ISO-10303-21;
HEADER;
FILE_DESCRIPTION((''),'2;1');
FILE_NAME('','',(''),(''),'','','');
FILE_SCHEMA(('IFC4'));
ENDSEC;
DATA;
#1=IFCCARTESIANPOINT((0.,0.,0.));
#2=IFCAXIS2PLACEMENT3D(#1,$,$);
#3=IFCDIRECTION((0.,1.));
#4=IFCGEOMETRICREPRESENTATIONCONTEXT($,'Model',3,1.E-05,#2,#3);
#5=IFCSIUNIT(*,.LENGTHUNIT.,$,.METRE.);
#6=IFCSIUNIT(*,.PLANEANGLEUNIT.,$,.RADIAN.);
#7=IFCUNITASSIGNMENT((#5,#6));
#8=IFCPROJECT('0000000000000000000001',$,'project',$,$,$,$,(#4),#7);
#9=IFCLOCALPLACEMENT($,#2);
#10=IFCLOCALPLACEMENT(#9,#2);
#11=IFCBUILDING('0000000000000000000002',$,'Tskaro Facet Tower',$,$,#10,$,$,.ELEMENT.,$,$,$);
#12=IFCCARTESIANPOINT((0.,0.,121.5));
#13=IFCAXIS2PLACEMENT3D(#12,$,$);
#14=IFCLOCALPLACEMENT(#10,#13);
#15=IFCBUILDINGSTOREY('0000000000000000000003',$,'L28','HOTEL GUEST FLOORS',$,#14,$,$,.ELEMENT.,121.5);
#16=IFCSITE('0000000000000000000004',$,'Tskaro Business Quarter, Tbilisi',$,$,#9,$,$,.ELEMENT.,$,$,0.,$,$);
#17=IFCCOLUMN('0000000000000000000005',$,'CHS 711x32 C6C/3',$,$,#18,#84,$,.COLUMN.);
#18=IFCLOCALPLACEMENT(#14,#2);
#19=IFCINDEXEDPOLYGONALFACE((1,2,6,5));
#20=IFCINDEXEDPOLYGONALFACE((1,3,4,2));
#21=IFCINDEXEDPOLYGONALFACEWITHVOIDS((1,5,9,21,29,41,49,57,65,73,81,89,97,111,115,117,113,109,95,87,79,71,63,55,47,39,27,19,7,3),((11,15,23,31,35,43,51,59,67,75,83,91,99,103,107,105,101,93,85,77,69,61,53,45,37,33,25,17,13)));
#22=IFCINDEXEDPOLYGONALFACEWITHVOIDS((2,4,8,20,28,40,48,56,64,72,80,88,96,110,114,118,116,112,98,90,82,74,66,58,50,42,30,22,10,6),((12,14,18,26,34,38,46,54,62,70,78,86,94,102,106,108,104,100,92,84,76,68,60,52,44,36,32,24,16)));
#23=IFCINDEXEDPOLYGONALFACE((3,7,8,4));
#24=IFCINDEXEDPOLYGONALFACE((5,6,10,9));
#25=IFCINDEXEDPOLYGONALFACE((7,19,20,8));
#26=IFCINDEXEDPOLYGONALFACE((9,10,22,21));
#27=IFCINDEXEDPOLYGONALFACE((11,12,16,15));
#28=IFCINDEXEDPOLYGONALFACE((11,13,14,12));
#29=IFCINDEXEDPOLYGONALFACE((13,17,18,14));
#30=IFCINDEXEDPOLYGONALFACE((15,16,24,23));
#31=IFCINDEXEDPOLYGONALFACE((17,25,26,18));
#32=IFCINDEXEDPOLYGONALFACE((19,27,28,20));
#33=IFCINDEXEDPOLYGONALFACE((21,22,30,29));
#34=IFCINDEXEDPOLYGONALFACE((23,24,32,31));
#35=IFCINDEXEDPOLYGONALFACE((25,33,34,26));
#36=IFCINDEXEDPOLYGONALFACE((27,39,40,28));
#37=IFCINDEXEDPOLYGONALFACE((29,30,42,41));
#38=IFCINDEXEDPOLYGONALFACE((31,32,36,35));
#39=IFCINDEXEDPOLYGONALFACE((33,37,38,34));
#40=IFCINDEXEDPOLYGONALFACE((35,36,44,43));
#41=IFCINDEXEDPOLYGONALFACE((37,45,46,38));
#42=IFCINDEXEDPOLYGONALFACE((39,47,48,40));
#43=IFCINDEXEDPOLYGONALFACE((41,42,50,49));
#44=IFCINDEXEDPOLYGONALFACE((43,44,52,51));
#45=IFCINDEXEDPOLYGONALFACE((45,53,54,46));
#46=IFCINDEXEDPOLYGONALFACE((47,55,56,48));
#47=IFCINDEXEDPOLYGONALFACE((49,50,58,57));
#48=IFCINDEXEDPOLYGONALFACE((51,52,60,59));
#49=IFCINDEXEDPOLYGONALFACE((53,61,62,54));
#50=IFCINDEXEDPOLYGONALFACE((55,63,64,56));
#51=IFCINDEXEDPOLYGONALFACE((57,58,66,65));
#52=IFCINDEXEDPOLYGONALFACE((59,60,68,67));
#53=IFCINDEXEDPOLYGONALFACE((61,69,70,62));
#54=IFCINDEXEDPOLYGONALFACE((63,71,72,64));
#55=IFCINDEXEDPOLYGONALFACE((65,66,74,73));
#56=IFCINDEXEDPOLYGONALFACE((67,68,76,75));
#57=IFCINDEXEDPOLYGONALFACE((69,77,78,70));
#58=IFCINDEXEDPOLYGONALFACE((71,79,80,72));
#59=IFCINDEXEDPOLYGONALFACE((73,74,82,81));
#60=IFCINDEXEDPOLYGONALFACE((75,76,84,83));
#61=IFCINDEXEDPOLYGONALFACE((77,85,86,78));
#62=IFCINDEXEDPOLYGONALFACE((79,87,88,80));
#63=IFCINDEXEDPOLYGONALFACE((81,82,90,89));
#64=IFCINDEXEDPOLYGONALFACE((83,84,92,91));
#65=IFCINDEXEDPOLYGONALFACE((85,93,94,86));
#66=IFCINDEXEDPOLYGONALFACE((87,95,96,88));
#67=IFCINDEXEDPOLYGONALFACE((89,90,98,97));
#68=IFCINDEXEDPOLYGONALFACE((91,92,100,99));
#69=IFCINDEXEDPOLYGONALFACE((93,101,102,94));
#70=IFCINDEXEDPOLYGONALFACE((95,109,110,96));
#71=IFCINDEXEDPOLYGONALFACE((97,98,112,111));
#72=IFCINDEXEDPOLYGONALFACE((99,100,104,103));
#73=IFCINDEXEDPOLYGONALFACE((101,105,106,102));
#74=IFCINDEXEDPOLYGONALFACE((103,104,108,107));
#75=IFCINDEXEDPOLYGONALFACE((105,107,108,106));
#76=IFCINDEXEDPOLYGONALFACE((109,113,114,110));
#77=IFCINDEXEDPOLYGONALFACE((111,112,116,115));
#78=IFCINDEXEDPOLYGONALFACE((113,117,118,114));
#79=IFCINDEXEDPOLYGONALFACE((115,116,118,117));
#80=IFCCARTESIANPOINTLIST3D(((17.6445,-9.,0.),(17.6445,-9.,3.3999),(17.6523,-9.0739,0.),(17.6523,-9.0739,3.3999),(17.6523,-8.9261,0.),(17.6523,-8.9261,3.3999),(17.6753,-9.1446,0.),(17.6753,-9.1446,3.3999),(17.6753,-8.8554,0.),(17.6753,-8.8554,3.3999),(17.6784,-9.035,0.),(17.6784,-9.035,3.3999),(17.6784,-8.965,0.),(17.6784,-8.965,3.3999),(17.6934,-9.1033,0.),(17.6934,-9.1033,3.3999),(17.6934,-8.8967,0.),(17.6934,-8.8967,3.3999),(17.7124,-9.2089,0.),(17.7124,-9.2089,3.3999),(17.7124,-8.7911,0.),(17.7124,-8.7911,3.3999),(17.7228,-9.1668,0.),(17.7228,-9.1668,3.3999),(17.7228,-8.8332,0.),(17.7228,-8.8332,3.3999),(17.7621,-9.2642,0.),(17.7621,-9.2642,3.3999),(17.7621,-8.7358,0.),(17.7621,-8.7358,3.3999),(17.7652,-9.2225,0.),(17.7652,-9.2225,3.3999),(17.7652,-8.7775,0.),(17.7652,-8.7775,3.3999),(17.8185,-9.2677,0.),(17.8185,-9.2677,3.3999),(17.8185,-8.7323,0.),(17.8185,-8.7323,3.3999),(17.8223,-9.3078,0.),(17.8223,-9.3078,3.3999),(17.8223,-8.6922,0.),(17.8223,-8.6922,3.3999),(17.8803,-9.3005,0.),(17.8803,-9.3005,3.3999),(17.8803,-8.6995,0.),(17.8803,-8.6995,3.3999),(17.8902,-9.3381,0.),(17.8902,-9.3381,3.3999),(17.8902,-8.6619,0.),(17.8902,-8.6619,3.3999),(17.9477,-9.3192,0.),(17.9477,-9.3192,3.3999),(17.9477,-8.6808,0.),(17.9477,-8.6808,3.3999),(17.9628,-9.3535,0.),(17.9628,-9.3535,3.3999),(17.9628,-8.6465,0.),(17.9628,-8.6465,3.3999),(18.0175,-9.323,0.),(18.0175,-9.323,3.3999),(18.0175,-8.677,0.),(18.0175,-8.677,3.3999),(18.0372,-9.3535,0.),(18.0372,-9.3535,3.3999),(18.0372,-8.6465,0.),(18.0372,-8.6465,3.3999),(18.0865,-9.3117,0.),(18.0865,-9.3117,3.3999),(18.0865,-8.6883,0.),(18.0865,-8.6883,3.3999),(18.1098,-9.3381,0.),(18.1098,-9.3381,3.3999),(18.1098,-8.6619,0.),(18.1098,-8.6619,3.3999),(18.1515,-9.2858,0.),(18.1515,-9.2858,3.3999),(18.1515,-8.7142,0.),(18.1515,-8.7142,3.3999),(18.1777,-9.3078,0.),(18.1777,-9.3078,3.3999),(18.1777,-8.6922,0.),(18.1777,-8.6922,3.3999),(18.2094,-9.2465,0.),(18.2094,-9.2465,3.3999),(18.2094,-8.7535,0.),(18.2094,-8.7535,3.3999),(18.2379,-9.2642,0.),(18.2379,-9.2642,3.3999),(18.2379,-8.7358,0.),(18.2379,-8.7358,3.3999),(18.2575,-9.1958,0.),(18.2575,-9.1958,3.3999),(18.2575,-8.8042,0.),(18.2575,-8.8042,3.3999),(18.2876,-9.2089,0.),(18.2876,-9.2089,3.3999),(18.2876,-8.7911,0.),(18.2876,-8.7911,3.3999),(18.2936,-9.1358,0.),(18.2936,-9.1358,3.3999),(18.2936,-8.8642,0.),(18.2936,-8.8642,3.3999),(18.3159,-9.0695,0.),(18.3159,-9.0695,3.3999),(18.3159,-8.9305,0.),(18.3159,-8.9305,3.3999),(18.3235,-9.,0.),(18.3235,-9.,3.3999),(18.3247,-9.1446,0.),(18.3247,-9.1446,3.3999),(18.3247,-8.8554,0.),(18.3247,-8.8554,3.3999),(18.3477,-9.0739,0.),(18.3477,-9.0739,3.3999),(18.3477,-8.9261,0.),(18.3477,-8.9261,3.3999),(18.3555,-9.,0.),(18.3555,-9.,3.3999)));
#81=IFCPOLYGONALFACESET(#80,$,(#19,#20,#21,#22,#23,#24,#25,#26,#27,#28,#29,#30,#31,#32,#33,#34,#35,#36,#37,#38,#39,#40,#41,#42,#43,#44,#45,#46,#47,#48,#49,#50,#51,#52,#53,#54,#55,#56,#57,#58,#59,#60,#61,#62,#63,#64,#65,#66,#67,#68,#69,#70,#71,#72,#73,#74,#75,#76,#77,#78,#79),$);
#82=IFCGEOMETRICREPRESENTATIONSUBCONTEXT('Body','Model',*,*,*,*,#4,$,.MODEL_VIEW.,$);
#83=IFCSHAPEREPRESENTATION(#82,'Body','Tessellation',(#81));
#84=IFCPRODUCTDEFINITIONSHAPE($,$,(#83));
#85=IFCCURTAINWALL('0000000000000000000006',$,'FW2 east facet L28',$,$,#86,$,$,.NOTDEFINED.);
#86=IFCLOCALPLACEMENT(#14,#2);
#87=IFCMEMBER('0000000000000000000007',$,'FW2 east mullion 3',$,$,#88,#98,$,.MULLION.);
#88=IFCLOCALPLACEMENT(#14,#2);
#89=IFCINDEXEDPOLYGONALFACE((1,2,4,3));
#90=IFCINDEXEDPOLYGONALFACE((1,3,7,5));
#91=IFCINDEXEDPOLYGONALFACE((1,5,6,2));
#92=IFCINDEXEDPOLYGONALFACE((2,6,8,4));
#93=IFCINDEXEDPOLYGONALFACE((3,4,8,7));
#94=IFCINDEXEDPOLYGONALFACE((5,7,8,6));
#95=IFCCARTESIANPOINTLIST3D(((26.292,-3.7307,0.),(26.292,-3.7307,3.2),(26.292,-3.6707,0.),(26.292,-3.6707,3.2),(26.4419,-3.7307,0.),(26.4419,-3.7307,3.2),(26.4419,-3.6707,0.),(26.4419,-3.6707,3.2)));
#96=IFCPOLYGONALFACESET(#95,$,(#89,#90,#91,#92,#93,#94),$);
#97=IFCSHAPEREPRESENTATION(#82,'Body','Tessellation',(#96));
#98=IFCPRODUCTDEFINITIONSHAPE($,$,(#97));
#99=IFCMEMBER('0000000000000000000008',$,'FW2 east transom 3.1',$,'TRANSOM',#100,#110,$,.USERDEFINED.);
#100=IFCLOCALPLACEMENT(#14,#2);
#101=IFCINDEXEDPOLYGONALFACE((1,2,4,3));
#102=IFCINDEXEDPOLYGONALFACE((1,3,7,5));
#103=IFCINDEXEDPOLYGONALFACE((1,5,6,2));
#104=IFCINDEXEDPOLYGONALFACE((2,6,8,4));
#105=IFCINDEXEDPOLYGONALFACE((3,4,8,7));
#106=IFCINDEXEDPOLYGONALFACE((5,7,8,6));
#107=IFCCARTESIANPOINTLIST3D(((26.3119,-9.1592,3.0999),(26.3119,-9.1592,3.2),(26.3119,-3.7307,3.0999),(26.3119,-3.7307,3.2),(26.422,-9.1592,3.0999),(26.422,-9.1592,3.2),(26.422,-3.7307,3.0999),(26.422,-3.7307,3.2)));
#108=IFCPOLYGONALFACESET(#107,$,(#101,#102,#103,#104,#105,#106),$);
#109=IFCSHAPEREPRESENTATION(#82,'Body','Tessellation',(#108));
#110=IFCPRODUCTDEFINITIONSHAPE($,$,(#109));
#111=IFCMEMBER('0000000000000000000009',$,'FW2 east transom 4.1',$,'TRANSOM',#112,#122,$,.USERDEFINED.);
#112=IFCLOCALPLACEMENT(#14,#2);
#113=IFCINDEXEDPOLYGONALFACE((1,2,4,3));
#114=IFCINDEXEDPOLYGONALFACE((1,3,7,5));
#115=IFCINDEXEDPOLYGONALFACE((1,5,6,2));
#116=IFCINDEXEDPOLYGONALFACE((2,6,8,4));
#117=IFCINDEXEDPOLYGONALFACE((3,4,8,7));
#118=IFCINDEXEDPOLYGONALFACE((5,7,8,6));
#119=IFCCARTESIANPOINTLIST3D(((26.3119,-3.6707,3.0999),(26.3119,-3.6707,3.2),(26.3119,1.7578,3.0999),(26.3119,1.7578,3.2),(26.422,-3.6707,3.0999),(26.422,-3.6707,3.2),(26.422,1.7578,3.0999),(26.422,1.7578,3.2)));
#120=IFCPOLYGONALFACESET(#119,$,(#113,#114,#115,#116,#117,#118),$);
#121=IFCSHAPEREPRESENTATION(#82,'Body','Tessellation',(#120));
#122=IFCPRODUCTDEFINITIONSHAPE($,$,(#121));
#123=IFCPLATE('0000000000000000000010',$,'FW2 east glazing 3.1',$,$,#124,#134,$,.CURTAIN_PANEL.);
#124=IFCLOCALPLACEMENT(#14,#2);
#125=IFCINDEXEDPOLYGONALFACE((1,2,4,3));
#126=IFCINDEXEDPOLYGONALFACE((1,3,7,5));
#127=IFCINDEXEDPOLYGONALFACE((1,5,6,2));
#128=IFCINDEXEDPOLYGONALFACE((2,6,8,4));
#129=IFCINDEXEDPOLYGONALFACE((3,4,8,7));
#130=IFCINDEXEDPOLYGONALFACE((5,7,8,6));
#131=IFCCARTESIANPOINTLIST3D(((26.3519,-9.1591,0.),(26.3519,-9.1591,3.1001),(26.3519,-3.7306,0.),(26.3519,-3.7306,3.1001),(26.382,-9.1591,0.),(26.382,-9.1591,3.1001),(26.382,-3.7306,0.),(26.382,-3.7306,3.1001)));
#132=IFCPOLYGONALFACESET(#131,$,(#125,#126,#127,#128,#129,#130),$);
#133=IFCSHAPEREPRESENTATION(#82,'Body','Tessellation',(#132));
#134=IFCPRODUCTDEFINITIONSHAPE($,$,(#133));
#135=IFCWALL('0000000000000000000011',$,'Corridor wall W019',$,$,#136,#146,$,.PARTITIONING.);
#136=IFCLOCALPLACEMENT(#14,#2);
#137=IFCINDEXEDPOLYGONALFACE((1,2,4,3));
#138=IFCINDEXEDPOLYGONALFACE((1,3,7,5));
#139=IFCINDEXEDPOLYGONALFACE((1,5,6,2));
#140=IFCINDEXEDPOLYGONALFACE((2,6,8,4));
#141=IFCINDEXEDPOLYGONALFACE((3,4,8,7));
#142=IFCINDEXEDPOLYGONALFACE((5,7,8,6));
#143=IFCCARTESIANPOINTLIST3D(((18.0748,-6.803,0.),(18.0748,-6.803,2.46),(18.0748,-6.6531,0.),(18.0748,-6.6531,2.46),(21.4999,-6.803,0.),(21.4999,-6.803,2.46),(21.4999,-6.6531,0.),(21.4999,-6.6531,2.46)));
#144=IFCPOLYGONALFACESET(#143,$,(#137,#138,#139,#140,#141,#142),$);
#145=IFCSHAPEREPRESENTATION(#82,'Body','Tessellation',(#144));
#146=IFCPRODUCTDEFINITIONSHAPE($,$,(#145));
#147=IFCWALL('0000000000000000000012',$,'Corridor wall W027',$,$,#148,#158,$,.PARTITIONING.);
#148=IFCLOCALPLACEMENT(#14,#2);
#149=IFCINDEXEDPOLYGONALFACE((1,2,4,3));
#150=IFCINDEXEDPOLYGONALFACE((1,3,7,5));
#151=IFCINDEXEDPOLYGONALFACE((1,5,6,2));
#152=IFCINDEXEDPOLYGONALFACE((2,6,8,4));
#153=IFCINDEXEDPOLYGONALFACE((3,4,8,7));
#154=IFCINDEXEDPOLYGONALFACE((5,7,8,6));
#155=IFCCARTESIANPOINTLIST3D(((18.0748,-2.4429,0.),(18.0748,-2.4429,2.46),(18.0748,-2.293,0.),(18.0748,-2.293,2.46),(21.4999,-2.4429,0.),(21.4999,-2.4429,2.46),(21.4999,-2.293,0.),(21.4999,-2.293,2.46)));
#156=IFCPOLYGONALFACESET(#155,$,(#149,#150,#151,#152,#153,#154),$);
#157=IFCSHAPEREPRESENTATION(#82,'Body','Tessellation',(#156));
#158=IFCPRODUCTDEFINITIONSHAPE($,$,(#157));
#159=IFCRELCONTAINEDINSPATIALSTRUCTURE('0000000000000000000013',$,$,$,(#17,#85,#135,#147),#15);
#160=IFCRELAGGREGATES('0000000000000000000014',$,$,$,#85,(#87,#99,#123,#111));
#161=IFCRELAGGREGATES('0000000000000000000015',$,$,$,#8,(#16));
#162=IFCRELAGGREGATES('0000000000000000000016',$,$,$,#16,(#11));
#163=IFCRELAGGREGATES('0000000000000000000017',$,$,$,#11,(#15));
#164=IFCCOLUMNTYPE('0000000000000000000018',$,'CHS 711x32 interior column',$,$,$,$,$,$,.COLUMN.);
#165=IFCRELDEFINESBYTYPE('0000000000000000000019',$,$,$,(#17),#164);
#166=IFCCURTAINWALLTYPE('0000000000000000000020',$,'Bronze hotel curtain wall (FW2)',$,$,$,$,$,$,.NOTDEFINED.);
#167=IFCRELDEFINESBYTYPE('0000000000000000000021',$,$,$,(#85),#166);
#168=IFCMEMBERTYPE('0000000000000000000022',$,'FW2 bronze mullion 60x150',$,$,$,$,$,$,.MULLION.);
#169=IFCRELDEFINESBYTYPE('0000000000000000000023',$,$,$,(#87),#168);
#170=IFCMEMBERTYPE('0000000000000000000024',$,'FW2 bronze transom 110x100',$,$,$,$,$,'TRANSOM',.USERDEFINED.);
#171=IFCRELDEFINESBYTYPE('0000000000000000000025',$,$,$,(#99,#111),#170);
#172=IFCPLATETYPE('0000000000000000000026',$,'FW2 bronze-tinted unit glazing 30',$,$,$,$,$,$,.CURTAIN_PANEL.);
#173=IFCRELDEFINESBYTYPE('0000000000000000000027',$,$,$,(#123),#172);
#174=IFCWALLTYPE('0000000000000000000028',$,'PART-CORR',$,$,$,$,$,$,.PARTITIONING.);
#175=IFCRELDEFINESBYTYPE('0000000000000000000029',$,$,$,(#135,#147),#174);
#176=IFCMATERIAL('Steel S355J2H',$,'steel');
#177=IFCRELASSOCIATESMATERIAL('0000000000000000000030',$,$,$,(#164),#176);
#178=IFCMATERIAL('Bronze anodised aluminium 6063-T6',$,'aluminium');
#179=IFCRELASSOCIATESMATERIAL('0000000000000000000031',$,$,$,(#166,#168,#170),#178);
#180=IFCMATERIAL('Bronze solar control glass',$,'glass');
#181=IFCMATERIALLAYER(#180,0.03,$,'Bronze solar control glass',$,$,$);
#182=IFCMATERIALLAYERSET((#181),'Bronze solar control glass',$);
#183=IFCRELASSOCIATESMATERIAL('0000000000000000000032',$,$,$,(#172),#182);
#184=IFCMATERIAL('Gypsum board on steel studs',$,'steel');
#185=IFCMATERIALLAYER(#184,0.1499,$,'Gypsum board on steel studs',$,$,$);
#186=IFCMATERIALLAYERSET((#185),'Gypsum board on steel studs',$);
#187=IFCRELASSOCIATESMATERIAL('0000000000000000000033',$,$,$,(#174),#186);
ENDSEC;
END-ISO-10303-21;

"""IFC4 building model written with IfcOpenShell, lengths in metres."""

from ifc_helpers import new_model, si_unit, direction, frame, frame_2d, origin, origin_2d, place, context, subcontext, project, spatial, rectangle, hollow_circle, extrude, material, layer, layer_set, material_profile, profile_set, type_object, element, aggregate, save


model = new_model("IFC4")

# Units and contexts
model_context = context("Model", 3, precision=1e-05, world=origin(), true_north=direction((0.0, 1.0)))
body_context = subcontext(model_context, "Body", "Model", "MODEL_VIEW")
ifc_project = project(units=[si_unit("LENGTHUNIT", "METRE"), si_unit("PLANEANGLEUNIT", "RADIAN")], contexts=[model_context])

# Site, building, storey
site_placement = place(None, origin())
site = spatial("IfcSite", under=ifc_project, at=site_placement, Name="Tskaro Business Quarter, Tbilisi", CompositionType="ELEMENT", RefElevation=0.0)
building_placement = place(site_placement, origin())
building = spatial("IfcBuilding", under=site, at=building_placement, Name="Tskaro Facet Tower", CompositionType="ELEMENT")
storey_placement = place(building_placement, frame((0.0, 0.0, 121.5)))
storey = spatial("IfcBuildingStorey", under=building, at=storey_placement, Name="L28", Description="HOTEL GUEST FLOORS", CompositionType="ELEMENT", Elevation=121.5)

# Column
ifc_material_1 = material(Name="Steel S355J2H", Category="steel")
ifc_material_profile_1 = material_profile(ifc_material_1, hollow_circle(Radius=0.3555, WallThickness=0.032, at=origin_2d()), Name="CHS 711x32")
ifc_profile_set_1 = profile_set([ifc_material_profile_1], Name="Steel S355J2H")
column_type = type_object("IfcColumnType", Name="CHS 711x32 interior column", PredefinedType="COLUMN", material=ifc_profile_set_1)
column_placement = place(storey_placement, frame((18.0, -9.0, 0.0), z_axis=(0.0, 0.0, 1.0), x_axis=(1.0, 0.0, 0.0)))
element("IfcColumn", 1, at=column_placement, inside=storey, type_object=column_type, Name="CHS 711x32 C6C/3", PredefinedType="COLUMN", context=body_context, shape_type="SweptSolid", body=[
    extrude(hollow_circle(Radius=0.3555, WallThickness=0.032, at=origin_2d()), origin(), (0.0, 0.0, 1.0), 3.3999),
])

# Curtain wall, members, plate
ifc_material_2 = material(Name="Bronze anodised aluminium 6063-T6", Category="aluminium")
curtain_wall_type = type_object("IfcCurtainWallType", Name="Bronze hotel curtain wall (FW2)", PredefinedType="NOTDEFINED", material=ifc_material_2)
curtain_wall_placement = place(storey_placement, origin())
curtain_wall = element("IfcCurtainWall", 2, at=curtain_wall_placement, inside=storey, type_object=curtain_wall_type, Name="FW2 east facet L28", PredefinedType="NOTDEFINED")
ifc_material_profile_2 = material_profile(ifc_material_2, rectangle(XDim=0.0601, YDim=0.1499, at=origin_2d()), Name="Mullion 60x150")
ifc_profile_set_2 = profile_set([ifc_material_profile_2], Name="Bronze anodised aluminium 6063-T6")
member_type_1 = type_object("IfcMemberType", Name="FW2 bronze mullion 60x150", PredefinedType="MULLION", material=ifc_profile_set_2)
member_1_placement = place(storey_placement, frame((26.3669, -3.7007, 0.0), z_axis=(0.0, 0.0, 1.0), x_axis=(0.0, 1.0, 0.0)))
member_1 = element("IfcMember", 3, at=member_1_placement, type_object=member_type_1, Name="FW2 east mullion 3", PredefinedType="MULLION", context=body_context, shape_type="SweptSolid", body=[
    extrude(rectangle(XDim=0.0601, YDim=0.1499, at=origin_2d()), origin(), (0.0, 0.0, 1.0), 3.2),
])
ifc_material_profile_3 = material_profile(ifc_material_2, rectangle(XDim=0.1101, YDim=0.1001, at=origin_2d()), Name="Transom 110x100")
ifc_profile_set_3 = profile_set([ifc_material_profile_3], Name="Bronze anodised aluminium 6063-T6")
member_type_2 = type_object("IfcMemberType", Name="FW2 bronze transom 110x100", ElementType="TRANSOM", PredefinedType="USERDEFINED", material=ifc_profile_set_3)
member_2_placement = place(storey_placement, frame((26.3669, -9.1592, 3.1499), z_axis=(0.0, 1.0, 0.0), x_axis=(-1.0, 0.0, 0.0)))
member_2 = element("IfcMember", 4, at=member_2_placement, type_object=member_type_2, Name="FW2 east transom 3.1", ObjectType="TRANSOM", PredefinedType="USERDEFINED", context=body_context, shape_type="SweptSolid", body=[
    extrude(rectangle(XDim=0.1101, YDim=0.1001, at=origin_2d()), origin(), (0.0, 0.0, 1.0), 5.4285),
])
member_3_placement = place(storey_placement, frame((26.3669, -3.6707, 3.1499), z_axis=(0.0, 1.0, 0.0), x_axis=(-1.0, 0.0, 0.0)))
member_3 = element("IfcMember", 5, at=member_3_placement, type_object=member_type_2, Name="FW2 east transom 4.1", ObjectType="TRANSOM", PredefinedType="USERDEFINED", context=body_context, shape_type="SweptSolid", body=[
    extrude(rectangle(XDim=0.1101, YDim=0.1001, at=origin_2d()), origin(), (0.0, 0.0, 1.0), 5.4285),
])
ifc_material_3 = material(Name="Bronze solar control glass", Category="glass")
ifc_layer_1 = layer(ifc_material_3, 0.03, Name="Bronze solar control glass")
ifc_layer_set_1 = layer_set([ifc_layer_1], Name="Bronze solar control glass")
plate_type = type_object("IfcPlateType", Name="FW2 bronze-tinted unit glazing 30", PredefinedType="CURTAIN_PANEL", material=ifc_layer_set_1)
plate_placement = place(storey_placement, frame((26.3669, -6.4448, 0.0), z_axis=(0.0, 0.0, 1.0), x_axis=(0.0, 1.0, 0.0)))
plate = element("IfcPlate", 6, at=plate_placement, type_object=plate_type, Name="FW2 east glazing 3.1", PredefinedType="CURTAIN_PANEL", context=body_context, shape_type="SweptSolid", body=[
    extrude(rectangle(XDim=5.4285, YDim=0.03, at=origin_2d()), origin(), (0.0, 0.0, 1.0), 3.1001),
])
aggregate(curtain_wall, [member_1, member_2, plate, member_3])

# Walls
ifc_material_4 = material(Name="Gypsum board on steel studs", Category="steel")
ifc_layer_2 = layer(ifc_material_4, 0.1499, Name="Gypsum board on steel studs")
ifc_layer_set_2 = layer_set([ifc_layer_2], Name="Gypsum board on steel studs")
wall_type_1 = type_object("IfcWallType", Name="PART-CORR", PredefinedType="PARTITIONING", material=ifc_layer_set_2)
for number, where, z_axis, x_axis, name in (
    (7, (18.075, -6.728, 0.0), (0.0, 0.0, 1.0), (1.0, 0.0, 0.0), "Corridor wall W019"),
    (8, (18.075, -2.3679, 0.0), (0.0, 0.0, 1.0), (1.0, 0.0, 0.0), "Corridor wall W027"),
):
    element("IfcWall", number, at=place(storey_placement, frame(where, z_axis=z_axis, x_axis=x_axis)), inside=storey, type_object=wall_type_1, Name=name, PredefinedType="PARTITIONING", context=body_context, shape_type="SweptSolid", body=[
        extrude(rectangle(XDim=3.425, YDim=0.1499, at=frame_2d((1.7124, 0.0))), origin(), (0.0, 0.0, 1.0), 2.46),
    ])

save(model, "model.ifc")
